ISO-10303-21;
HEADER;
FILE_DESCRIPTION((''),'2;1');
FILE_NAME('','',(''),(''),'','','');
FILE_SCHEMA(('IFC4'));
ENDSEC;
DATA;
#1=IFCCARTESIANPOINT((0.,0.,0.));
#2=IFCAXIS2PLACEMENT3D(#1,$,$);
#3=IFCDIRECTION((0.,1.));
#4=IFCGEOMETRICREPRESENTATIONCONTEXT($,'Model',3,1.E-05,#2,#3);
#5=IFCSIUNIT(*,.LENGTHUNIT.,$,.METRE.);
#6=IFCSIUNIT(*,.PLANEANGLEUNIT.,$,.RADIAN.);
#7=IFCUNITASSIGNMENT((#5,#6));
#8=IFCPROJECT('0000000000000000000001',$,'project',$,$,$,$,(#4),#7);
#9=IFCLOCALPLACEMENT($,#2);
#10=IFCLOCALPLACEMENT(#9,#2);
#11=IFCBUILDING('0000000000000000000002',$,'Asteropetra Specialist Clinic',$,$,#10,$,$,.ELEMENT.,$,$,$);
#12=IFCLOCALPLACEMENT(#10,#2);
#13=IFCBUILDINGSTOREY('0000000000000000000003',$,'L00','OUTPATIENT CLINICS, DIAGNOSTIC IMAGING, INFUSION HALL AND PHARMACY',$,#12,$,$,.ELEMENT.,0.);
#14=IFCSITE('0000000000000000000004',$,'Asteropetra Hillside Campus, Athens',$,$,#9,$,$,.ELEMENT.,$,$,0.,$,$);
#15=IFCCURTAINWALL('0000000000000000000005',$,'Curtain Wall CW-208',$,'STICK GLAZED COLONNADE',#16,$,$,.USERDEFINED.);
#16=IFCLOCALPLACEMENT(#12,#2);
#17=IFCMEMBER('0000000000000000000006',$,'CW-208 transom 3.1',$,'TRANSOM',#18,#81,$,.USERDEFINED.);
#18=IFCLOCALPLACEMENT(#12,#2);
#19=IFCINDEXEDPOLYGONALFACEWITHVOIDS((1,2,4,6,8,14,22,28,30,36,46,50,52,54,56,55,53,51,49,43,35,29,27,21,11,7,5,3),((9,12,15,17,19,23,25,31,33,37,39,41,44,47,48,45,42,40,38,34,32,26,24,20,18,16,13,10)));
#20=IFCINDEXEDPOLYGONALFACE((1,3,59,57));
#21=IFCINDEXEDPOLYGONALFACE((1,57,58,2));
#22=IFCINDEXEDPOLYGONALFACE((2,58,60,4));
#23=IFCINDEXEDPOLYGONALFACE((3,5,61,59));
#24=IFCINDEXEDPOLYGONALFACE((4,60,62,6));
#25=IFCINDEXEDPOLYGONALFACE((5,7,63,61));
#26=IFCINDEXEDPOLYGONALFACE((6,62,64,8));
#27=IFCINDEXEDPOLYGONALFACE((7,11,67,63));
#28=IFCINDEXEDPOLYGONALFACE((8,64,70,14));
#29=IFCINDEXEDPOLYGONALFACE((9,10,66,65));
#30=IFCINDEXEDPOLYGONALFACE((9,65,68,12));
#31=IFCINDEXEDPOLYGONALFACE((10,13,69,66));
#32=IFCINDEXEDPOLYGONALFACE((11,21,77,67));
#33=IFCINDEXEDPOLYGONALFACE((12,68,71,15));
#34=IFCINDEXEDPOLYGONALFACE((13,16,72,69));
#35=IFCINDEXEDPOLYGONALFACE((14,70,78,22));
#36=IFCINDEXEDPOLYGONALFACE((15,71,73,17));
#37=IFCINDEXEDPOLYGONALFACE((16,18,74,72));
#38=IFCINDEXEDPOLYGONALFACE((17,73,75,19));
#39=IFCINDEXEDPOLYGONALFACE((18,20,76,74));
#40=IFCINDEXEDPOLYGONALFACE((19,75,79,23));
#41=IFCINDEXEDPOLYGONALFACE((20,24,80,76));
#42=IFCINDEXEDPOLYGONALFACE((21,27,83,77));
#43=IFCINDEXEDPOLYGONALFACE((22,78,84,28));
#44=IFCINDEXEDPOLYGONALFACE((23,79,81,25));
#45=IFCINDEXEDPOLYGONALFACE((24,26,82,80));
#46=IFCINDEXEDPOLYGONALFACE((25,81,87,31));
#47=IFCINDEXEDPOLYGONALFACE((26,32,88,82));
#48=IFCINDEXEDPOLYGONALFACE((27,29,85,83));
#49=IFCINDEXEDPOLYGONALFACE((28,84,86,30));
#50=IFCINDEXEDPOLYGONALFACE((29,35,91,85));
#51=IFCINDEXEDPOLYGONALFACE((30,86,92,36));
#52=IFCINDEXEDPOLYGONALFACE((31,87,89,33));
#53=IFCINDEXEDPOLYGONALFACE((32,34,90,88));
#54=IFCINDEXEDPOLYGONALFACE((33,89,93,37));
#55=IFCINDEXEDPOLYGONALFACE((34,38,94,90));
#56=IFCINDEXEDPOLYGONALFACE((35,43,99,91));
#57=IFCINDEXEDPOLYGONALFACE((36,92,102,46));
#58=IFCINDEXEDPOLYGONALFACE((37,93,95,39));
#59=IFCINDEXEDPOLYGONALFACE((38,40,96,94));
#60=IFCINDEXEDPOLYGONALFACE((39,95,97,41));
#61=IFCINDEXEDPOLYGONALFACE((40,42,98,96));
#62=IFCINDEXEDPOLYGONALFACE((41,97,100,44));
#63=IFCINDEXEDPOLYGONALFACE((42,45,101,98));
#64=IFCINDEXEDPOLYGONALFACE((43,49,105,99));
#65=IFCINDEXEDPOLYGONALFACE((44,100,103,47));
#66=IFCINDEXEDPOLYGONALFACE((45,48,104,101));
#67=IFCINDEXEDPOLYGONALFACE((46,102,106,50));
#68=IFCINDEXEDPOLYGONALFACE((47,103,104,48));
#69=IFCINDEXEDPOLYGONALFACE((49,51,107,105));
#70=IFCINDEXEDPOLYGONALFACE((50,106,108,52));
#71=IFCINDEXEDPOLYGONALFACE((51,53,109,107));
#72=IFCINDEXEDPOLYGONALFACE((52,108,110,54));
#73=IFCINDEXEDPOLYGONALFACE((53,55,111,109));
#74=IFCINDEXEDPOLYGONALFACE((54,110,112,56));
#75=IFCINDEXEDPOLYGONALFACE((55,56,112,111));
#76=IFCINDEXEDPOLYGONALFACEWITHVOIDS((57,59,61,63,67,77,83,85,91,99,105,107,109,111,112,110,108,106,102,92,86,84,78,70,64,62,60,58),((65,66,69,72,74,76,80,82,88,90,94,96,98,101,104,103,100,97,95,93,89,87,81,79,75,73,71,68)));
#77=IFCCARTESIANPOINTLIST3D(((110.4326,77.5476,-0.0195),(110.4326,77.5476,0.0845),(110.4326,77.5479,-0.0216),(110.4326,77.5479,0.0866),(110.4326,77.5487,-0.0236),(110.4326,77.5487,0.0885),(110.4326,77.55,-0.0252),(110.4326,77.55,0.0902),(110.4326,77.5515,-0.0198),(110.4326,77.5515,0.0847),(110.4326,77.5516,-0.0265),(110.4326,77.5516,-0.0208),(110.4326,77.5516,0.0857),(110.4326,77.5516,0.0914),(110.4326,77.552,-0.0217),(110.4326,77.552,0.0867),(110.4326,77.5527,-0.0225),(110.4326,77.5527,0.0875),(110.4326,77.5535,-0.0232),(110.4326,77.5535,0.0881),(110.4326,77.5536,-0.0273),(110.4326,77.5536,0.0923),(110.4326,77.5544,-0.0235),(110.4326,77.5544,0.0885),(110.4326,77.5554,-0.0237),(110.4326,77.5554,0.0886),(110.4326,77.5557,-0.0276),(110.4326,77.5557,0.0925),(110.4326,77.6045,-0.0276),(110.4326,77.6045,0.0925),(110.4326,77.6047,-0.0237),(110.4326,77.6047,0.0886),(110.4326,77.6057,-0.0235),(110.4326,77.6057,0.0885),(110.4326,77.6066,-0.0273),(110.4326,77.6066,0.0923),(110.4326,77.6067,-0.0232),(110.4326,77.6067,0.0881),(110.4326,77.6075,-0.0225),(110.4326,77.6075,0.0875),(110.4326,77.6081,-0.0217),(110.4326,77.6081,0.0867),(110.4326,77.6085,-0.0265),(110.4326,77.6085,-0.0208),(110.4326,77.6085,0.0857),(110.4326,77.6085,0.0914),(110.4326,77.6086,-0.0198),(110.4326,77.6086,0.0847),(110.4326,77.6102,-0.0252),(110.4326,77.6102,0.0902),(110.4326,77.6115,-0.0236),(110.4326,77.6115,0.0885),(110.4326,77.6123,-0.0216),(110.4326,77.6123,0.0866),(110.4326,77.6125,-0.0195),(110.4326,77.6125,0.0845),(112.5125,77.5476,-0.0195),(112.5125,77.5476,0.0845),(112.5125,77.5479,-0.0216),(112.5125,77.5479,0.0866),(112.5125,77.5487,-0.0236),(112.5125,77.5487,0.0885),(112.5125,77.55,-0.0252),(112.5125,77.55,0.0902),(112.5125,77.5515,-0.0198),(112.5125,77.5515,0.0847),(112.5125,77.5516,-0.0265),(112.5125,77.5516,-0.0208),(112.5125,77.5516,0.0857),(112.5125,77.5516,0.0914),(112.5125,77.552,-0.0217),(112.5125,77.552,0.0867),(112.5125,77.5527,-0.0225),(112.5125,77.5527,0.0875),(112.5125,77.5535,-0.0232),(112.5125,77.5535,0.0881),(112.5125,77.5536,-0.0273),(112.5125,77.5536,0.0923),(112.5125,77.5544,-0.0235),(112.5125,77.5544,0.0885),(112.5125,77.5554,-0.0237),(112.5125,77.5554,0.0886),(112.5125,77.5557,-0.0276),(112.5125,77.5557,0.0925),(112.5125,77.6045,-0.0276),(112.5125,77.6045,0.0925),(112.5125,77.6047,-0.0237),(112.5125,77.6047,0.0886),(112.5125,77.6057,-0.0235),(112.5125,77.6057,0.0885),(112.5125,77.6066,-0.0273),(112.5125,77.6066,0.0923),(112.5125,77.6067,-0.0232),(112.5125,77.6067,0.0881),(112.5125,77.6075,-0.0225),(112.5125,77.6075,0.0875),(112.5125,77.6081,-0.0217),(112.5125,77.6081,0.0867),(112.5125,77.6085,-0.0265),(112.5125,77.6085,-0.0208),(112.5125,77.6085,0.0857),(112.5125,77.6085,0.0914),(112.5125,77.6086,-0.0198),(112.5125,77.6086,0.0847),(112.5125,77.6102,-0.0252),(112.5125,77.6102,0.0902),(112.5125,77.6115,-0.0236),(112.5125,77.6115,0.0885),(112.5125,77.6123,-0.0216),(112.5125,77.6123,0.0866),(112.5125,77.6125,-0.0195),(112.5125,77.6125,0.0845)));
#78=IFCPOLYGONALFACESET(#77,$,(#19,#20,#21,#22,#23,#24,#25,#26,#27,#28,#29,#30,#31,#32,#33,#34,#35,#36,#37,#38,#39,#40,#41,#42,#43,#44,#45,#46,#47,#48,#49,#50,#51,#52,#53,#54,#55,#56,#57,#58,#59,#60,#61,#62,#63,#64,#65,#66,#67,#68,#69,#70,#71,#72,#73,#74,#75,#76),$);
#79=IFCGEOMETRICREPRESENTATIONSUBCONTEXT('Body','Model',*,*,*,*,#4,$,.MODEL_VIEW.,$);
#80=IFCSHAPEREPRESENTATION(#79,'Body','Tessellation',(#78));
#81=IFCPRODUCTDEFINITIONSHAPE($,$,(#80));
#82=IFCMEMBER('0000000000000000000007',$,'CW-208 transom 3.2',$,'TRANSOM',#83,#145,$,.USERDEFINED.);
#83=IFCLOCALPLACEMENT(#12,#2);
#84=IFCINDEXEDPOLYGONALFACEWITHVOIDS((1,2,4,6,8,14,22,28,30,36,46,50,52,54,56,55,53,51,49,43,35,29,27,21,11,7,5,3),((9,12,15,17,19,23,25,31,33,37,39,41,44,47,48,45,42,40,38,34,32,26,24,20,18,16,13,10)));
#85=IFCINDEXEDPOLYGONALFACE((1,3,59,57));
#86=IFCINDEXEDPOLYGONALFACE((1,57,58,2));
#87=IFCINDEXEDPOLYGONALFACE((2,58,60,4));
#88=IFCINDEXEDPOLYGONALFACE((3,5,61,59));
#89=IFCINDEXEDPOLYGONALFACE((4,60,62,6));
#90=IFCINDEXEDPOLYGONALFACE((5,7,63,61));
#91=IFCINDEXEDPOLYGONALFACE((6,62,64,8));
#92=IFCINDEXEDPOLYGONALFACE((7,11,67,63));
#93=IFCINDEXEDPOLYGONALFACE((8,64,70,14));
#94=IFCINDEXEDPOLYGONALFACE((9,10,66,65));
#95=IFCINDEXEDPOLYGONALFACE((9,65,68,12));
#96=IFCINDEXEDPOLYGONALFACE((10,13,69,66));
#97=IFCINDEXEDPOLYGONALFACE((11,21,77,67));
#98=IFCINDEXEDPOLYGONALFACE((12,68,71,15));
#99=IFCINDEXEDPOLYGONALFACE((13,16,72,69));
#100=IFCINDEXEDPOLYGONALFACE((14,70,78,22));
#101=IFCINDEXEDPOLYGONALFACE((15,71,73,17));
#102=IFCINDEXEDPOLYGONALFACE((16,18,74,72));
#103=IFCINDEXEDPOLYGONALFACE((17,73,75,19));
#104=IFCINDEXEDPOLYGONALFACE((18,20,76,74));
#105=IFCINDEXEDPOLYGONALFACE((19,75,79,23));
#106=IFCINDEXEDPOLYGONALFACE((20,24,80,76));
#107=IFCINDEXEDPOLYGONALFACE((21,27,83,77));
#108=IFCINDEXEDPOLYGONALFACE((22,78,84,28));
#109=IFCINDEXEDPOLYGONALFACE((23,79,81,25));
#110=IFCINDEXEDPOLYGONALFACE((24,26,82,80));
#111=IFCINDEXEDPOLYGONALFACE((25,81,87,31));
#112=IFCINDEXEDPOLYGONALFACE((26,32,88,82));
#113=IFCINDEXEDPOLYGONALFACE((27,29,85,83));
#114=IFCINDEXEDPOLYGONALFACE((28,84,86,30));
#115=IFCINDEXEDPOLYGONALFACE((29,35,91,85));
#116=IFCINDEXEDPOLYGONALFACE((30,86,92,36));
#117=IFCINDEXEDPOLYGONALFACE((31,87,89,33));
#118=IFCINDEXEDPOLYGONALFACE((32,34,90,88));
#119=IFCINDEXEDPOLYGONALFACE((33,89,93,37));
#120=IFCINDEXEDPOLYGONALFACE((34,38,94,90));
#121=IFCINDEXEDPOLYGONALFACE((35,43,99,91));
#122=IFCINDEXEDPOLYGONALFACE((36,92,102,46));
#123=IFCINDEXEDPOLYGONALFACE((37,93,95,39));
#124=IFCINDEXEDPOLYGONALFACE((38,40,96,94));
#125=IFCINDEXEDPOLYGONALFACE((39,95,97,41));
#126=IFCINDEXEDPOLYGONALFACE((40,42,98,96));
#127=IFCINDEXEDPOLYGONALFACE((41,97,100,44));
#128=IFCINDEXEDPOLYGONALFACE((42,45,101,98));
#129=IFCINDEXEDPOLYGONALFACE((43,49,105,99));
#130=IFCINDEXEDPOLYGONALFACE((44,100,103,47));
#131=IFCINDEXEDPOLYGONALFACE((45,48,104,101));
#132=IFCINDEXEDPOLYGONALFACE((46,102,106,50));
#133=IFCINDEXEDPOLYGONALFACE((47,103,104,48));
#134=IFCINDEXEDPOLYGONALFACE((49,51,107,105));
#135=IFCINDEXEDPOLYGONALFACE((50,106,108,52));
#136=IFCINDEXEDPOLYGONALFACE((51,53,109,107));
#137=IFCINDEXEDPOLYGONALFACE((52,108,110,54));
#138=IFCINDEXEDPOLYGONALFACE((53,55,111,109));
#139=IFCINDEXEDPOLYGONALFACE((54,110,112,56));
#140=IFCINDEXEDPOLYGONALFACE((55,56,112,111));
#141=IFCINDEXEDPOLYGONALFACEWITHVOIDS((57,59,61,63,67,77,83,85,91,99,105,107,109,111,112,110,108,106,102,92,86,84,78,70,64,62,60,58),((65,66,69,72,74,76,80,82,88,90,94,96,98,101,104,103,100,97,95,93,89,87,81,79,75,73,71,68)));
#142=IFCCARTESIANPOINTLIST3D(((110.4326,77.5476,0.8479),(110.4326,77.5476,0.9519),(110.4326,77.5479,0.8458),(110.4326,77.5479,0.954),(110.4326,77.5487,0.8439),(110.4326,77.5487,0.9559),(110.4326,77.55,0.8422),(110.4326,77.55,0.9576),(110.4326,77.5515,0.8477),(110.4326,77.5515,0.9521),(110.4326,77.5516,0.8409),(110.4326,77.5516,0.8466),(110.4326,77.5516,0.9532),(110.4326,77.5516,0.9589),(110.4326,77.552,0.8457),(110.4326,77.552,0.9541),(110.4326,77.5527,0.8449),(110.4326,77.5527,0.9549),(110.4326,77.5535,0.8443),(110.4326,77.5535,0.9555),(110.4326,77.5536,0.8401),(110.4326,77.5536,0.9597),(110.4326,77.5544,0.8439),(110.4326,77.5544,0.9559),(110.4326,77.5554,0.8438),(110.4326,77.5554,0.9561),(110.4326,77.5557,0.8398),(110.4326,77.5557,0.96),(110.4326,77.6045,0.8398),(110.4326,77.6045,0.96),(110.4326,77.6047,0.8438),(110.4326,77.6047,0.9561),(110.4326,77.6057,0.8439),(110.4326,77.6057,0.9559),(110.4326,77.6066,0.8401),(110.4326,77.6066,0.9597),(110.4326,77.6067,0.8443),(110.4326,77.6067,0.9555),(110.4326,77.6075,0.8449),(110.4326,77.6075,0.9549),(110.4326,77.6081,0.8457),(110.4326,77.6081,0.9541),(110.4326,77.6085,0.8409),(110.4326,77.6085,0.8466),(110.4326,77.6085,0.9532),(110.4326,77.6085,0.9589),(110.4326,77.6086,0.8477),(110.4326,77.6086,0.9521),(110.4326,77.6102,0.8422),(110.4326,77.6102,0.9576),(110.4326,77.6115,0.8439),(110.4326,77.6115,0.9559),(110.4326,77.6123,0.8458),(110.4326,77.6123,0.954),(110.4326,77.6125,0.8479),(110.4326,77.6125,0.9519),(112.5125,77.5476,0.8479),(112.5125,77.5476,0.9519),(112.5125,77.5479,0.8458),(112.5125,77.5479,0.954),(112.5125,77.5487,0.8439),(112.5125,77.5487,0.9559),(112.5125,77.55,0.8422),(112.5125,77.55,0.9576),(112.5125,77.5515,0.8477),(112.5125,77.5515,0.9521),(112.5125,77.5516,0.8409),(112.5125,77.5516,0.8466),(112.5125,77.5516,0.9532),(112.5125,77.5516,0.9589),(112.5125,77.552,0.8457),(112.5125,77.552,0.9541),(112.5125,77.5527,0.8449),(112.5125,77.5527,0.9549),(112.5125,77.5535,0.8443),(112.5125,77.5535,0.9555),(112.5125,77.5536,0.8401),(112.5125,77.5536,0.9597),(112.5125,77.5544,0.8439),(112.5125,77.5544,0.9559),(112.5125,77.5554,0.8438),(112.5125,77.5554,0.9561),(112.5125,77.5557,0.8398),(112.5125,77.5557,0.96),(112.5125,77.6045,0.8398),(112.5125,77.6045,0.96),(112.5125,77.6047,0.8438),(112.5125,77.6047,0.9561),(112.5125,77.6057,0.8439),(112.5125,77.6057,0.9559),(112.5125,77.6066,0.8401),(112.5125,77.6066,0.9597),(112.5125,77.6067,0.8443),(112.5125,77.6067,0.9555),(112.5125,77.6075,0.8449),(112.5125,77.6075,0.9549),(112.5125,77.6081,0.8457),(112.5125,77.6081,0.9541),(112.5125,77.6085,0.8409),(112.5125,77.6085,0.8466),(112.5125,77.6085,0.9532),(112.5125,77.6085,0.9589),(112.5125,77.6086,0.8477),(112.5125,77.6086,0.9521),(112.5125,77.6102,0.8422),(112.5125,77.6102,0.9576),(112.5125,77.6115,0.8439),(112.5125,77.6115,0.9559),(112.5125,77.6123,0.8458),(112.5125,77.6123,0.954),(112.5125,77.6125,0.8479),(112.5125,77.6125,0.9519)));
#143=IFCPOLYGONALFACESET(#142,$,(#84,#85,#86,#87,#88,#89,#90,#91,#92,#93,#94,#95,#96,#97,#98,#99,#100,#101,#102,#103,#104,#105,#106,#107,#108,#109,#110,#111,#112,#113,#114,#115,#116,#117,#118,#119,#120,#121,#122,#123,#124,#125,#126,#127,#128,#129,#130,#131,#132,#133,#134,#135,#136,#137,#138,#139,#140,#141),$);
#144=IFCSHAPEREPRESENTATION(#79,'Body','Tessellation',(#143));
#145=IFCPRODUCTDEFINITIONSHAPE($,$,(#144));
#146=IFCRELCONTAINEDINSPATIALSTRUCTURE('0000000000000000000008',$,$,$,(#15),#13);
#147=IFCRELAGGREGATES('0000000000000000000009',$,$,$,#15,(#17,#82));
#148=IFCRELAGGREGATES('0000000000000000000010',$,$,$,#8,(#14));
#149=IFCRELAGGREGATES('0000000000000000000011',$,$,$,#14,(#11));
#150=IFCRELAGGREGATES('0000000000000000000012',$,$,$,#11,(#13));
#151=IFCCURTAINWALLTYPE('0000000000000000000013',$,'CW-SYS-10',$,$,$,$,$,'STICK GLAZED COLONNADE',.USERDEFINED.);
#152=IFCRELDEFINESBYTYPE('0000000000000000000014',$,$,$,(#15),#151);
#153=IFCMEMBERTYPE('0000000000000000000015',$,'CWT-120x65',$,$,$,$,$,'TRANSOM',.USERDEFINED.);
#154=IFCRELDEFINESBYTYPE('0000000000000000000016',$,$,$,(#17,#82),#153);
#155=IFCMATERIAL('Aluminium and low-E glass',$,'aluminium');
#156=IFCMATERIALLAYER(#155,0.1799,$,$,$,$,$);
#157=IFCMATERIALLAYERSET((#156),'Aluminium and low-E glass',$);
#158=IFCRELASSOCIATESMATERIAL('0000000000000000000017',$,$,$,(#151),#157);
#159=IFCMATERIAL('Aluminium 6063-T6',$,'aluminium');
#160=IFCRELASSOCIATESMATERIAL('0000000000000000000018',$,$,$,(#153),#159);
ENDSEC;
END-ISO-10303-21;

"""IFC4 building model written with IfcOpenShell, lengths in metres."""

from ifc_helpers import new_model, si_unit, direction, frame, origin, origin_2d, place, context, subcontext, project, spatial, hollow_rectangle, extrude, material, layer, layer_set, material_profile, profile_set, type_object, element, aggregate, save


model = new_model("IFC4")

# Units and contexts
model_context = context("Model", 3, precision=1e-05, world=origin(), true_north=direction((0.0, 1.0)))
body_context = subcontext(model_context, "Body", "Model", "MODEL_VIEW")
ifc_project = project(units=[si_unit("LENGTHUNIT", "METRE"), si_unit("PLANEANGLEUNIT", "RADIAN")], contexts=[model_context])

# Site, building, storey
site_placement = place(None, origin())
site = spatial("IfcSite", under=ifc_project, at=site_placement, Name="Asteropetra Hillside Campus, Athens", CompositionType="ELEMENT", RefElevation=0.0)
building_placement = place(site_placement, origin())
building = spatial("IfcBuilding", under=site, at=building_placement, Name="Asteropetra Specialist Clinic", CompositionType="ELEMENT")
storey_placement = place(building_placement, origin())
storey = spatial("IfcBuildingStorey", under=building, at=storey_placement, Name="L00", Description="OUTPATIENT CLINICS, DIAGNOSTIC IMAGING, INFUSION HALL AND PHARMACY", CompositionType="ELEMENT", Elevation=0.0)

# Curtain wall, members
ifc_material_1 = material(Name="Aluminium and low-E glass", Category="aluminium")
ifc_layer_1 = layer(ifc_material_1, 0.1799)
ifc_layer_set_1 = layer_set([ifc_layer_1], Name="Aluminium and low-E glass")
curtain_wall_type = type_object("IfcCurtainWallType", Name="CW-SYS-10", ElementType="STICK GLAZED COLONNADE", PredefinedType="USERDEFINED", material=ifc_layer_set_1)
curtain_wall_placement = place(storey_placement, origin())
curtain_wall = element("IfcCurtainWall", 1, at=curtain_wall_placement, inside=storey, type_object=curtain_wall_type, Name="Curtain Wall CW-208", ObjectType="STICK GLAZED COLONNADE", PredefinedType="USERDEFINED")
ifc_material_2 = material(Name="Aluminium 6063-T6", Category="aluminium")
ifc_material_profile_1 = material_profile(ifc_material_2, hollow_rectangle(XDim=0.0649, YDim=0.1201, WallThickness=0.0039, InnerFilletRadius=0.0039, OuterFilletRadius=0.0081, at=origin_2d()), Name="TRN 120x65x4.0")
ifc_profile_set_1 = profile_set([ifc_material_profile_1], Name="Aluminium 6063-T6")
member_type_1 = type_object("IfcMemberType", Name="CWT-120x65", ElementType="TRANSOM", PredefinedType="USERDEFINED", material=ifc_profile_set_1)
member_1_placement = place(storey_placement, frame((110.4326, 77.5801, 0.0325), z_axis=(1.0, 0.0, 0.0), x_axis=(0.0, 1.0, 0.0)))
member_1 = element("IfcMember", 2, at=member_1_placement, type_object=member_type_1, Name="CW-208 transom 3.1", ObjectType="TRANSOM", PredefinedType="USERDEFINED", context=body_context, shape_type="SweptSolid", body=[
    extrude(hollow_rectangle(XDim=0.0649, YDim=0.1201, WallThickness=0.0039, InnerFilletRadius=0.0039, OuterFilletRadius=0.0081, at=origin_2d()), origin(), (0.0, 0.0, 1.0), 2.0798),
])
member_2_placement = place(storey_placement, frame((110.4326, 77.5801, 0.8999), z_axis=(1.0, 0.0, 0.0), x_axis=(0.0, 1.0, 0.0)))
member_2 = element("IfcMember", 3, at=member_2_placement, type_object=member_type_1, Name="CW-208 transom 3.2", ObjectType="TRANSOM", PredefinedType="USERDEFINED", context=body_context, shape_type="SweptSolid", body=[
    extrude(hollow_rectangle(XDim=0.0649, YDim=0.1201, WallThickness=0.0039, InnerFilletRadius=0.0039, OuterFilletRadius=0.0081, at=origin_2d()), origin(), (0.0, 0.0, 1.0), 2.0798),
])
aggregate(curtain_wall, [member_1, member_2])

save(model, "model.ifc")
